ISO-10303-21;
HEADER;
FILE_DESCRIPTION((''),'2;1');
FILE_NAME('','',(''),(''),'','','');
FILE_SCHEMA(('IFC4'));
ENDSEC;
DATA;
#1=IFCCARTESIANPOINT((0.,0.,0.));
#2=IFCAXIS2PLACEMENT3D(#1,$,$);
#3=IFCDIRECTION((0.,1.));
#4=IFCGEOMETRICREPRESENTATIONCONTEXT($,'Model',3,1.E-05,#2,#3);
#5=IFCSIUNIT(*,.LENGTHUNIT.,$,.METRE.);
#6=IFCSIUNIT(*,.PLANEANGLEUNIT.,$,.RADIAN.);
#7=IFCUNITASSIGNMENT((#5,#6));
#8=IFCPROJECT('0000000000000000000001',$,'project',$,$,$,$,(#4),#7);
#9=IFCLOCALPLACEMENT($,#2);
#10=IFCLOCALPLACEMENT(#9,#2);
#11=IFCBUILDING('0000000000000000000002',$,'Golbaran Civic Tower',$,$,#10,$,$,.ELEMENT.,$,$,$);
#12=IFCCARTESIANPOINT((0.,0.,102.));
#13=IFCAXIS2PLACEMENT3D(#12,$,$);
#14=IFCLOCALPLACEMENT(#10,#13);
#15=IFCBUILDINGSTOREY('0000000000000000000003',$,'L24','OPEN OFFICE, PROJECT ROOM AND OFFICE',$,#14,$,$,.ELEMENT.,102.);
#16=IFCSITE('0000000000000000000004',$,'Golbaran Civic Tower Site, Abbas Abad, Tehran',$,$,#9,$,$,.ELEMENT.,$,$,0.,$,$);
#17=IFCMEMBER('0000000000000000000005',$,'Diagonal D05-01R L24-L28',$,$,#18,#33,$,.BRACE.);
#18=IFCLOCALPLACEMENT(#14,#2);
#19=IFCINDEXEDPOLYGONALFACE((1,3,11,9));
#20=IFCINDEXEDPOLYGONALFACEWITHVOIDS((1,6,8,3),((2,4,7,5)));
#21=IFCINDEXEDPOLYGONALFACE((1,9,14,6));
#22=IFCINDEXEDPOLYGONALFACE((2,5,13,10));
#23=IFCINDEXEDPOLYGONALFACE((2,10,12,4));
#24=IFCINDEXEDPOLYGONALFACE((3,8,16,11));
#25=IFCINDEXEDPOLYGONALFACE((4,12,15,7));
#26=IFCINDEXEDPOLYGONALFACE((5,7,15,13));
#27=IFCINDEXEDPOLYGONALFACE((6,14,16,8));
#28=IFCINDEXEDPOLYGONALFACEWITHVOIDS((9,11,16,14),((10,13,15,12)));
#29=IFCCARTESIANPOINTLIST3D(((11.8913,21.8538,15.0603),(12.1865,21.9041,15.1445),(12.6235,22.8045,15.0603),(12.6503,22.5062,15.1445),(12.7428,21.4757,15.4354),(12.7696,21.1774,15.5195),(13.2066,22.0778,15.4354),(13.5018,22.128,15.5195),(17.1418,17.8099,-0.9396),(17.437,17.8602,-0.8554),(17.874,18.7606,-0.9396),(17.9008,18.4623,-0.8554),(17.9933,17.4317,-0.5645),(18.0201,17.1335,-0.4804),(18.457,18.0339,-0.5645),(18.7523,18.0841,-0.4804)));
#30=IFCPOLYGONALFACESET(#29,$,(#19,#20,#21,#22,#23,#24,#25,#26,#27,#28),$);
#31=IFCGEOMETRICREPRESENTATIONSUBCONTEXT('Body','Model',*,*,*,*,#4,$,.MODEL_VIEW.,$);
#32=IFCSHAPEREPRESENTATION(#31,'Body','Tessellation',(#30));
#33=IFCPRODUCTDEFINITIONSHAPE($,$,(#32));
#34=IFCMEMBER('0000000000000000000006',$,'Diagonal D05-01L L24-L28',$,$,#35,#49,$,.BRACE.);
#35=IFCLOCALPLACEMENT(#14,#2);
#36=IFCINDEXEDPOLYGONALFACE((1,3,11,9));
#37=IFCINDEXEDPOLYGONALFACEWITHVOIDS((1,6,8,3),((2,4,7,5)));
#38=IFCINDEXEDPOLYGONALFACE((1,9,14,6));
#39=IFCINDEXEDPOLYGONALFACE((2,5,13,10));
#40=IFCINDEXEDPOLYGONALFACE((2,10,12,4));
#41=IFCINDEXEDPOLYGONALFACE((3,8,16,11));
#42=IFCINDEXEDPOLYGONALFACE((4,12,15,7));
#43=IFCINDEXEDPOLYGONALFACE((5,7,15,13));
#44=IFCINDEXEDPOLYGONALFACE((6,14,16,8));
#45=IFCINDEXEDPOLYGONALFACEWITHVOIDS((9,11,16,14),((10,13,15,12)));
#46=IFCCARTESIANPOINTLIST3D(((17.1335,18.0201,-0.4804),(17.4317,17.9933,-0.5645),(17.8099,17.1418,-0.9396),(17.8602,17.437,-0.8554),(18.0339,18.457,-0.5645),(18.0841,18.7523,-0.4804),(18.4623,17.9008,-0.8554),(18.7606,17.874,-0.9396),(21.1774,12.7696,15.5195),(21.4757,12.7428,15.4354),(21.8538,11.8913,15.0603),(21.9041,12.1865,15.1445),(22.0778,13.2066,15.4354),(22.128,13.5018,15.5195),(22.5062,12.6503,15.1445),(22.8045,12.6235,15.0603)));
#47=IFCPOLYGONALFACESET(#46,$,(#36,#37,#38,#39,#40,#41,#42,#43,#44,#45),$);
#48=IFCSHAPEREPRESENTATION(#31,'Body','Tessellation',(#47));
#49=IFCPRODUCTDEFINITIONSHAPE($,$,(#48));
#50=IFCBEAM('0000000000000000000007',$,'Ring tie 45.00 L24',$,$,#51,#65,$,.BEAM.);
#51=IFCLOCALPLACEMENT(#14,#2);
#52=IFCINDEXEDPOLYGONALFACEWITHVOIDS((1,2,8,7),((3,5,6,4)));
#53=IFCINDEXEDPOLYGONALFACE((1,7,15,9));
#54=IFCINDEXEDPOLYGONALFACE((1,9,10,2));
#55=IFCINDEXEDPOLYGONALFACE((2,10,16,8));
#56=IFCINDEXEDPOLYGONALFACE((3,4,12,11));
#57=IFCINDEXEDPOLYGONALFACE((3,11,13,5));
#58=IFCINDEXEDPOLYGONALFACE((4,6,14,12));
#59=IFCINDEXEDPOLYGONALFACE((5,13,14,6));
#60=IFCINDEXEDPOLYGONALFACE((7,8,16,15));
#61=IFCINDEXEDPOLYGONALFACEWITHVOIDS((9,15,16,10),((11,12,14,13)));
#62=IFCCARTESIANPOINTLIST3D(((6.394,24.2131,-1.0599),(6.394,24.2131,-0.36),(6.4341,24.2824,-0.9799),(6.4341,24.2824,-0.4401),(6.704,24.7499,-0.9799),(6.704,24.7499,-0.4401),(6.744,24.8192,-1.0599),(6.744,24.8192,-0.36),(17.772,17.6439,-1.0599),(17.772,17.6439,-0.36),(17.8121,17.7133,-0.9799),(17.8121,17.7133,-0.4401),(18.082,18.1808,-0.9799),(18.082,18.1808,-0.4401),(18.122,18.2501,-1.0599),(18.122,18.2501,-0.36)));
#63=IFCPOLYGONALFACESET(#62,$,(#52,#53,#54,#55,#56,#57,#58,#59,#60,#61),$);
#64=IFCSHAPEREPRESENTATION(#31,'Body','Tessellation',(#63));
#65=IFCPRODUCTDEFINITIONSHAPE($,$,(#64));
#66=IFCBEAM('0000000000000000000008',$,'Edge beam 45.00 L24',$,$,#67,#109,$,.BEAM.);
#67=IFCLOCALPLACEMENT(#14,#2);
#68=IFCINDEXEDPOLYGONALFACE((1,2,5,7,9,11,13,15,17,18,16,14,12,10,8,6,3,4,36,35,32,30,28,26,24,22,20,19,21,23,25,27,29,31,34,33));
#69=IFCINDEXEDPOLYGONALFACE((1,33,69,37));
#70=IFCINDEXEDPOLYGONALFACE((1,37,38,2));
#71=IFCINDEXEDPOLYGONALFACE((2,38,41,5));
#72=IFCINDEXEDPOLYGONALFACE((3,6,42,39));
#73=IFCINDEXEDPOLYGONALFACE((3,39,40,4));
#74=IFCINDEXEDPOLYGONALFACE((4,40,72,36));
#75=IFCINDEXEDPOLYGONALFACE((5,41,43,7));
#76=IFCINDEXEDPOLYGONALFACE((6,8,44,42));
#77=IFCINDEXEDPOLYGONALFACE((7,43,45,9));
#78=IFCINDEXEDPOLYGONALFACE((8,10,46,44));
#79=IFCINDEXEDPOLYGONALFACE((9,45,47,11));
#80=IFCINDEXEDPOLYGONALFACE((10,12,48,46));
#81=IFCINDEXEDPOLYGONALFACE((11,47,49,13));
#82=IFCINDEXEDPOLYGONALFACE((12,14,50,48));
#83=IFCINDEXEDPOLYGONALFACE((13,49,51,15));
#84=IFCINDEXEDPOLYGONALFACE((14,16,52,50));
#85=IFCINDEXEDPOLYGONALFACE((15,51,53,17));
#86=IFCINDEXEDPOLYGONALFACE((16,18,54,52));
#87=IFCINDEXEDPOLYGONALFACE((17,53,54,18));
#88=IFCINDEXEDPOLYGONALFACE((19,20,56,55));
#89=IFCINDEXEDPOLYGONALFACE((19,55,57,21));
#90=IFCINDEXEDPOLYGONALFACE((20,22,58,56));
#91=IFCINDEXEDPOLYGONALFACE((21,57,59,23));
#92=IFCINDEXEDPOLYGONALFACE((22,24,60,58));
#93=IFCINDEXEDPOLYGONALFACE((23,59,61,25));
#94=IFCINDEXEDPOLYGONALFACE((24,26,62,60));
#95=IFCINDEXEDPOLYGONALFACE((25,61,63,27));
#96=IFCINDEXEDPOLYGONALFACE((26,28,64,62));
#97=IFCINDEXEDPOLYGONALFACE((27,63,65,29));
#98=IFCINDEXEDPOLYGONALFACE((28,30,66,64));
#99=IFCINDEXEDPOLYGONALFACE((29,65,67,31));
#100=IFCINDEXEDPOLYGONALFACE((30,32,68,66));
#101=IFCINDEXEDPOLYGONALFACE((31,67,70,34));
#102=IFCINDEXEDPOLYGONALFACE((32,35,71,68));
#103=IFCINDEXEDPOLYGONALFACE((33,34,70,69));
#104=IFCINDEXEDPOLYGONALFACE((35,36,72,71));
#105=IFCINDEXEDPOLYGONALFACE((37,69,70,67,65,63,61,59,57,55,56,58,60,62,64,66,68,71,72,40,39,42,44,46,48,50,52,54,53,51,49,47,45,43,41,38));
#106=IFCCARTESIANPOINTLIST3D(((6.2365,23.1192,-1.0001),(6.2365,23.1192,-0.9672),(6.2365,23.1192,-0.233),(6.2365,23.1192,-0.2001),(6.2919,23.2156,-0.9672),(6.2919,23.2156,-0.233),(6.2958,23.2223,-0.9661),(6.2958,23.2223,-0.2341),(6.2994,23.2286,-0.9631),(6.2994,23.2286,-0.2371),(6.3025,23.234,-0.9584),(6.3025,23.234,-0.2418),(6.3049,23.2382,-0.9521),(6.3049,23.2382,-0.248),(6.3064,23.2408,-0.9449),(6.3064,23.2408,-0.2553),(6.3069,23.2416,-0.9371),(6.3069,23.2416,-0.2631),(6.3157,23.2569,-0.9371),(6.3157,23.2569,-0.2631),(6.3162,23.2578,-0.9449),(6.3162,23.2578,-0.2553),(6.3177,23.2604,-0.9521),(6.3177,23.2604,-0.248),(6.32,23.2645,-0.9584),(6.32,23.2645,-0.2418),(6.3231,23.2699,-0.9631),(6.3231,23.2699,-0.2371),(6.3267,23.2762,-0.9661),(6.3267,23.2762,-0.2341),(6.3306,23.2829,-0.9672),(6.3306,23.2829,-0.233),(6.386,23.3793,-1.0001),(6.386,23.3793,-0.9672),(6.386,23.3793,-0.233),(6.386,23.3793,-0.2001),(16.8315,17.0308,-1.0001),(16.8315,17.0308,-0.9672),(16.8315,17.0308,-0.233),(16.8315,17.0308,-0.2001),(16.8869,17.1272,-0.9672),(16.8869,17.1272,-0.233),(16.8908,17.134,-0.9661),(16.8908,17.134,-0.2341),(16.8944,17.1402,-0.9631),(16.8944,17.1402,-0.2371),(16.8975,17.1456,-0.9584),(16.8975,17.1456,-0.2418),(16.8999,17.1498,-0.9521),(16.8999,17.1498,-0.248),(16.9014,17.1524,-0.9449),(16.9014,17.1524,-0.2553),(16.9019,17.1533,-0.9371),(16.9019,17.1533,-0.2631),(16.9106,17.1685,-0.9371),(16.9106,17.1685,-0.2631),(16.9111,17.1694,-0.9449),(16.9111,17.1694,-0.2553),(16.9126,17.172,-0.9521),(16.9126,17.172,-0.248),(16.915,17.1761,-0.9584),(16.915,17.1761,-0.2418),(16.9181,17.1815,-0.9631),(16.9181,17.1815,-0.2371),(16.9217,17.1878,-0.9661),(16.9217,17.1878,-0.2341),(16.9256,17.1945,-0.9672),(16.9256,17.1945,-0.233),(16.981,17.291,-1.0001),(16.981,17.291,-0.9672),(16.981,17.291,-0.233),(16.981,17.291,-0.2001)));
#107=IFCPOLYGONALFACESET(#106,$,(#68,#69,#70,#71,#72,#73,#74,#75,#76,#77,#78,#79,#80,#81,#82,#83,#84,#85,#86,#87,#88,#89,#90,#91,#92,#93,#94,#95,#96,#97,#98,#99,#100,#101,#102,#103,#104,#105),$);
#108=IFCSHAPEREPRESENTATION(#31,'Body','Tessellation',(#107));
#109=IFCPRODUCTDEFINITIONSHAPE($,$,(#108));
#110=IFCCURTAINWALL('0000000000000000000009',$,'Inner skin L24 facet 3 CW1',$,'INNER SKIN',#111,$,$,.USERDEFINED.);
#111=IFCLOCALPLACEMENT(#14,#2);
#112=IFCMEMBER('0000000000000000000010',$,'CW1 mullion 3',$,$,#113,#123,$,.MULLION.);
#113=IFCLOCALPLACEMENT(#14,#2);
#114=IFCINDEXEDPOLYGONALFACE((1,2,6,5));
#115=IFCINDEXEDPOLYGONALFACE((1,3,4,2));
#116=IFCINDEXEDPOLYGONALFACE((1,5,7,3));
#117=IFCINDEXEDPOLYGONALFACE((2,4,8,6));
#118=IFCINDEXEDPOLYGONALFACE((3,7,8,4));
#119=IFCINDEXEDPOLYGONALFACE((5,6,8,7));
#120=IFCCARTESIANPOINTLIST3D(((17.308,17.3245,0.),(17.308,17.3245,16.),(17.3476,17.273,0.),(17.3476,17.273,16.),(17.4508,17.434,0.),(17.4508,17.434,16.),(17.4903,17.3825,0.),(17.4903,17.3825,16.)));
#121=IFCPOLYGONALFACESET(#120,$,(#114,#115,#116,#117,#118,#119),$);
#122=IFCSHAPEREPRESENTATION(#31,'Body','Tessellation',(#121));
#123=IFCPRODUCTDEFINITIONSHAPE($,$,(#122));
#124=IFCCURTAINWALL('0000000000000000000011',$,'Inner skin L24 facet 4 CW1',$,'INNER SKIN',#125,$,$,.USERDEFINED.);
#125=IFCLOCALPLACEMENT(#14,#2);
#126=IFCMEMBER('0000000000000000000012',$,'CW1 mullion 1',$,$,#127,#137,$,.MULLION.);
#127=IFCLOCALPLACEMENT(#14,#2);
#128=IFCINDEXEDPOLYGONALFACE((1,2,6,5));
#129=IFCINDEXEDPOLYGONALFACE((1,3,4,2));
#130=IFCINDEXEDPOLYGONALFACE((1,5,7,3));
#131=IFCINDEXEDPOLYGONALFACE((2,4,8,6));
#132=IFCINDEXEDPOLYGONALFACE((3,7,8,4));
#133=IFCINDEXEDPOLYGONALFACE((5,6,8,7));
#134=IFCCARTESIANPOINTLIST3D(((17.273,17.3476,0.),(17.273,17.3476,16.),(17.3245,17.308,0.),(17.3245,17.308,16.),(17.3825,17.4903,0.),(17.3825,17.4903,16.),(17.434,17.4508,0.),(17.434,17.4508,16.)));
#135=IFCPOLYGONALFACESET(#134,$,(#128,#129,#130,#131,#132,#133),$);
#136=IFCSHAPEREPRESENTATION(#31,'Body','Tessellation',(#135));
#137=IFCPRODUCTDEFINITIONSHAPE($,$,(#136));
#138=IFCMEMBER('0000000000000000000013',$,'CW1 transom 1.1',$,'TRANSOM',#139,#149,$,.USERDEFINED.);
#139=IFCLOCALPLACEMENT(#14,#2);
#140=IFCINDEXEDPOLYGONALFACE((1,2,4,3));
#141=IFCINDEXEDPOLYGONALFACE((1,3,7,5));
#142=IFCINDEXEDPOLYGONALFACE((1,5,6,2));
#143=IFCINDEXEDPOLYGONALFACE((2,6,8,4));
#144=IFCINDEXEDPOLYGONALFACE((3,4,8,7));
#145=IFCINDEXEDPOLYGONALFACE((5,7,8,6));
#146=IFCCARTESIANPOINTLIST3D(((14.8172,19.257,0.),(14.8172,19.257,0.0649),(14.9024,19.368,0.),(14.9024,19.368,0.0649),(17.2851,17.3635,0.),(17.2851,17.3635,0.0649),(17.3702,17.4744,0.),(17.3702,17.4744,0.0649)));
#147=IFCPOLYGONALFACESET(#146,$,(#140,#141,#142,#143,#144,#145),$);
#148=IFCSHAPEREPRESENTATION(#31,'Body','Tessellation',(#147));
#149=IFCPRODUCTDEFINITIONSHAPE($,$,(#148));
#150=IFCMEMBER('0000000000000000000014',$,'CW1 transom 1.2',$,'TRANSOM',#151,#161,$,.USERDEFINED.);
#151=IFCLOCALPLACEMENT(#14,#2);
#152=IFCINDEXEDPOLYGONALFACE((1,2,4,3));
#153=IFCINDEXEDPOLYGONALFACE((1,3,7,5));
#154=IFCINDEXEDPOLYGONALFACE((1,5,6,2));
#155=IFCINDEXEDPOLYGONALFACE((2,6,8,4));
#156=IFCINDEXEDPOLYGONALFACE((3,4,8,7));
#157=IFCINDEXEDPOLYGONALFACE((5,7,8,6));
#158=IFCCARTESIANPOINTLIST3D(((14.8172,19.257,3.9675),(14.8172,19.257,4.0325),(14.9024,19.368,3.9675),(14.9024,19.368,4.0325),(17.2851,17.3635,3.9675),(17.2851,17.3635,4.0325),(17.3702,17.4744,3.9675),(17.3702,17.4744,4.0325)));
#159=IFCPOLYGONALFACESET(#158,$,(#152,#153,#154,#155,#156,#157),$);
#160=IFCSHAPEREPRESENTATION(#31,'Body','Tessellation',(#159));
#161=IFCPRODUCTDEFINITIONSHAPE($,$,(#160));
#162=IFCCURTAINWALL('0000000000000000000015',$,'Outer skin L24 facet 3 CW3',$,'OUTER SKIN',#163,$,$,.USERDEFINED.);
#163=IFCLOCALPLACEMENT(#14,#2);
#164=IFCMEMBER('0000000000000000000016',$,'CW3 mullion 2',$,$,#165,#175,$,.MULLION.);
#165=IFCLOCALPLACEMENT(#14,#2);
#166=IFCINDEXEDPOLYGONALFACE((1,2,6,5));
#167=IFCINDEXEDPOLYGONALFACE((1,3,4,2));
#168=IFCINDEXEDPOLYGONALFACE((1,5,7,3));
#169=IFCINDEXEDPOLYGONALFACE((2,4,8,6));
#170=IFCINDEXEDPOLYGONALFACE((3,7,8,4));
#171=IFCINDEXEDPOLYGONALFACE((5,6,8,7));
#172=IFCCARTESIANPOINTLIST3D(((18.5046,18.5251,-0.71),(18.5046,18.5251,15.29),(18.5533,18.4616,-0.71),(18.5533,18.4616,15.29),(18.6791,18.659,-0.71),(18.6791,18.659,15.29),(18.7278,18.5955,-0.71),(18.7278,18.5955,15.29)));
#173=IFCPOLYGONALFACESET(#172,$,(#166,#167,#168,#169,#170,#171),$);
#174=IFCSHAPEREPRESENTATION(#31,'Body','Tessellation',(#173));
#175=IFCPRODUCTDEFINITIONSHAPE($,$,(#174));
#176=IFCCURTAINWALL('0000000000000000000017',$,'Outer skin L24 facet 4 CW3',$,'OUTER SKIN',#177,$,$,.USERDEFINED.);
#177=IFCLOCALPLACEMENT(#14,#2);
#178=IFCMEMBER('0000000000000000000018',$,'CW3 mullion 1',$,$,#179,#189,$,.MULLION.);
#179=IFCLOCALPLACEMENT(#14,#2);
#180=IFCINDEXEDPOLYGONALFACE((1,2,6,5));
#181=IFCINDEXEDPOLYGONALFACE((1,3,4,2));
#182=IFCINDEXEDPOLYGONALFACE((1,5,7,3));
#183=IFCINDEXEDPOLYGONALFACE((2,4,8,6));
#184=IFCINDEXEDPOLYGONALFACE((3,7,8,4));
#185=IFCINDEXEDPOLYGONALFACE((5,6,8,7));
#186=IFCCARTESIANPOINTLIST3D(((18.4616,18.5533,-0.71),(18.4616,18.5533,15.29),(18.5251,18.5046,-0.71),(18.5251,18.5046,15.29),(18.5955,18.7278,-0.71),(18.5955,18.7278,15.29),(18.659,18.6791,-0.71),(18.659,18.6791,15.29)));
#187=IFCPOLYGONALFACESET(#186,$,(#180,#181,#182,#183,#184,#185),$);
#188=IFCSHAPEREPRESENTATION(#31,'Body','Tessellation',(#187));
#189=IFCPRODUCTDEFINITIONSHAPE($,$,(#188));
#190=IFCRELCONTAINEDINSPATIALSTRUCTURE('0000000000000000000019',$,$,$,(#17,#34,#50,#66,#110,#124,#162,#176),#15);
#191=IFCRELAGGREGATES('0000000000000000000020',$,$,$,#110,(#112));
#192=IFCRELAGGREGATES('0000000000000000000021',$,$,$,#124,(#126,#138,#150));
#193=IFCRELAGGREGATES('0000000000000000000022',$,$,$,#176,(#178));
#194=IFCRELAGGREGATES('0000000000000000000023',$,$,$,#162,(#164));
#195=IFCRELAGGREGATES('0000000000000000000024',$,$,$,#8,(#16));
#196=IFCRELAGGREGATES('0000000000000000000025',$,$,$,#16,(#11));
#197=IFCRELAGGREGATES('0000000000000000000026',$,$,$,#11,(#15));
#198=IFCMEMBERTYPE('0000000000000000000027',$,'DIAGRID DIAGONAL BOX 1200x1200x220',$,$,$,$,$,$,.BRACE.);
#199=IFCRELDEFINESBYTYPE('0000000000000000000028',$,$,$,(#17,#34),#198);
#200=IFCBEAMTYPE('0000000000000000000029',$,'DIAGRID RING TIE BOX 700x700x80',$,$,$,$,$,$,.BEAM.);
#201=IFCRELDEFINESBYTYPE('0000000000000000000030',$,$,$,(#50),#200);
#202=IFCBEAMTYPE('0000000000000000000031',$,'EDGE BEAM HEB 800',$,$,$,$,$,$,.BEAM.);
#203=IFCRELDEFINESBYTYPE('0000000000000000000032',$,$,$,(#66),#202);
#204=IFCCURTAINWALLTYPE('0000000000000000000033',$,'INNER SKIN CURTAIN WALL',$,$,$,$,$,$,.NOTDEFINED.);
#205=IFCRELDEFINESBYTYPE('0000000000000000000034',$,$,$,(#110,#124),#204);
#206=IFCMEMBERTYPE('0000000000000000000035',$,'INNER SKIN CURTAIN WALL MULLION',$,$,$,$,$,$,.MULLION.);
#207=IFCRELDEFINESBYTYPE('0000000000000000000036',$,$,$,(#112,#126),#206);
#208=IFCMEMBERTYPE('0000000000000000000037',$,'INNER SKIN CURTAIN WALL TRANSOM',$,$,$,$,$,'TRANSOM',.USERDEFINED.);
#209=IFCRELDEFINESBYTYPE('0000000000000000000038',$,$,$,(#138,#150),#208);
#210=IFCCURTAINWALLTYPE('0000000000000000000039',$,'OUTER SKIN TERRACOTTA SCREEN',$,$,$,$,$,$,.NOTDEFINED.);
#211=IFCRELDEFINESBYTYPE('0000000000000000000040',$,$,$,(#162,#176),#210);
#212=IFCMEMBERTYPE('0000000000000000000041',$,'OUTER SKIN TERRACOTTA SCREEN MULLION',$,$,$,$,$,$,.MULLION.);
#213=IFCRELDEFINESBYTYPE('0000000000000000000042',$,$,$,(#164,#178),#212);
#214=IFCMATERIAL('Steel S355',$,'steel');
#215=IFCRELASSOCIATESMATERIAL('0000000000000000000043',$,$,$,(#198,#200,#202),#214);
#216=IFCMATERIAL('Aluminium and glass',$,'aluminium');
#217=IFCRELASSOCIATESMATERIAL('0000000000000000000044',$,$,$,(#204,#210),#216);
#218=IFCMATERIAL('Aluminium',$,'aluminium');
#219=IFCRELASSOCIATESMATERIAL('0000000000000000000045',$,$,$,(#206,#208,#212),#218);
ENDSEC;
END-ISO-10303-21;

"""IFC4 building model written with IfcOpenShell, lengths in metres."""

from ifc_helpers import new_model, si_unit, direction, frame, origin, origin_2d, place, context, subcontext, project, spatial, rectangle, hollow_rectangle, i_section, extrude, material, material_profile, profile_set, type_object, element, aggregate, save


model = new_model("IFC4")

# Units and contexts
model_context = context("Model", 3, precision=1e-05, world=origin(), true_north=direction((0.0, 1.0)))
body_context = subcontext(model_context, "Body", "Model", "MODEL_VIEW")
ifc_project = project(units=[si_unit("LENGTHUNIT", "METRE"), si_unit("PLANEANGLEUNIT", "RADIAN")], contexts=[model_context])

# Site, building, storey
site_placement = place(None, origin())
site = spatial("IfcSite", under=ifc_project, at=site_placement, Name="Golbaran Civic Tower Site, Abbas Abad, Tehran", CompositionType="ELEMENT", RefElevation=0.0)
building_placement = place(site_placement, origin())
building = spatial("IfcBuilding", under=site, at=building_placement, Name="Golbaran Civic Tower", CompositionType="ELEMENT")
storey_placement = place(building_placement, frame((0.0, 0.0, 102.0)))
storey = spatial("IfcBuildingStorey", under=building, at=storey_placement, Name="L24", Description="OPEN OFFICE, PROJECT ROOM AND OFFICE", CompositionType="ELEMENT", Elevation=102.0)

# Members
ifc_material_1 = material(Name="Steel S355", Category="steel")
ifc_material_profile_1 = material_profile(ifc_material_1, hollow_rectangle(XDim=1.2, YDim=1.2, WallThickness=0.22, at=origin_2d()), Name="BOX 1200x1200x220")
ifc_profile_set_1 = profile_set([ifc_material_profile_1], Name="Steel S355")
member_type_1 = type_object("IfcMemberType", Name="DIAGRID DIAGONAL BOX 1200x1200x220", PredefinedType="BRACE", material=ifc_profile_set_1)
for number, where, z_axis, x_axis, name in (
    (1, (17.947, 17.947, -0.71), (-0.303177, 0.233508, 0.923882), (-0.610195, -0.792251, 0.0), "Diagonal D05-01R L24-L28"),
    (2, (17.947, 17.947, -0.71), (0.233508, -0.303177, 0.923882), (0.792251, 0.610195, 0.0), "Diagonal D05-01L L24-L28"),
):
    element("IfcMember", number, at=place(storey_placement, frame(where, z_axis=z_axis, x_axis=x_axis)), inside=storey, type_object=member_type_1, Name=name, PredefinedType="BRACE", context=body_context, shape_type="SweptSolid", body=[
        extrude(hollow_rectangle(XDim=1.2, YDim=1.2, WallThickness=0.22, at=origin_2d()), origin(), (0.0, 0.0, 1.0), 17.3181),
    ])

# Beams
ifc_material_profile_2 = material_profile(ifc_material_1, hollow_rectangle(XDim=0.7, YDim=0.7, WallThickness=0.0801, at=origin_2d()), Name="BOX 700x700x80")
ifc_profile_set_2 = profile_set([ifc_material_profile_2], Name="Steel S355")
beam_type_1 = type_object("IfcBeamType", Name="DIAGRID RING TIE BOX 700x700x80", PredefinedType="BEAM", material=ifc_profile_set_2)
beam_1_placement = place(storey_placement, frame((17.947, 17.947, -0.71), z_axis=(-0.866024, 0.500002, 0.0), x_axis=(-0.500002, -0.866024, 0.0)))
element("IfcBeam", 3, at=beam_1_placement, inside=storey, type_object=beam_type_1, Name="Ring tie 45.00 L24", PredefinedType="BEAM", context=body_context, shape_type="SweptSolid", body=[
    extrude(hollow_rectangle(XDim=0.7, YDim=0.7, WallThickness=0.0801, at=origin_2d()), origin(), (0.0, 0.0, 1.0), 13.1382),
])
ifc_material_profile_3 = material_profile(ifc_material_1, i_section(OverallWidth=0.3, OverallDepth=0.8, WebThickness=0.0176, FlangeThickness=0.033, FilletRadius=0.03, at=origin_2d()), Name="HEB 800")
ifc_profile_set_3 = profile_set([ifc_material_profile_3], Name="Steel S355")
beam_type_2 = type_object("IfcBeamType", Name="EDGE BEAM HEB 800", PredefinedType="BEAM", material=ifc_profile_set_3)
beam_2_placement = place(storey_placement, frame((16.9062, 17.1609, -0.6001), z_axis=(-0.867038, 0.498242, 0.0), x_axis=(-0.498242, -0.867038, 0.0)))
element("IfcBeam", 4, at=beam_2_placement, inside=storey, type_object=beam_type_2, Name="Edge beam 45.00 L24", PredefinedType="BEAM", context=body_context, shape_type="SweptSolid", body=[
    extrude(i_section(OverallWidth=0.3, OverallDepth=0.8, WebThickness=0.0176, FlangeThickness=0.033, FilletRadius=0.03, at=origin_2d()), origin(), (0.0, 0.0, 1.0), 12.2197),
])

# Curtain wall, member
ifc_material_2 = material(Name="Aluminium and glass", Category="aluminium")
curtain_wall_type_1 = type_object("IfcCurtainWallType", Name="INNER SKIN CURTAIN WALL", PredefinedType="NOTDEFINED", material=ifc_material_2)
curtain_wall_1_placement = place(storey_placement, origin())
curtain_wall_1 = element("IfcCurtainWall", 5, at=curtain_wall_1_placement, inside=storey, type_object=curtain_wall_type_1, Name="Inner skin L24 facet 3 CW1", ObjectType="INNER SKIN", PredefinedType="USERDEFINED")
ifc_material_3 = material(Name="Aluminium", Category="aluminium")
ifc_material_profile_4 = material_profile(ifc_material_3, rectangle(XDim=0.1799, YDim=0.0649, at=origin_2d()), Name="INNER SKIN CURTAIN WALL MULLION")
ifc_profile_set_4 = profile_set([ifc_material_profile_4], Name="Aluminium")
member_type_2 = type_object("IfcMemberType", Name="INNER SKIN CURTAIN WALL MULLION", PredefinedType="MULLION", material=ifc_profile_set_4)
member_1_placement = place(storey_placement, frame((17.3992, 17.3535, 0.0), z_axis=(0.0, 0.0, 1.0), x_axis=(-0.793353, -0.608761, 0.0)))
member_1 = element("IfcMember", 6, at=member_1_placement, type_object=member_type_2, Name="CW1 mullion 3", PredefinedType="MULLION", context=body_context, shape_type="SweptSolid", body=[
    extrude(rectangle(XDim=0.1799, YDim=0.0649, at=origin_2d()), origin(), (0.0, 0.0, 1.0), 16.0),
])

# Curtain wall, members
curtain_wall_2_placement = place(storey_placement, origin())
curtain_wall_2 = element("IfcCurtainWall", 7, at=curtain_wall_2_placement, inside=storey, type_object=curtain_wall_type_1, Name="Inner skin L24 facet 4 CW1", ObjectType="INNER SKIN", PredefinedType="USERDEFINED")
member_2_placement = place(storey_placement, frame((17.3535, 17.3992, 0.0), z_axis=(0.0, 0.0, 1.0), x_axis=(-0.608761, -0.793353, 0.0)))
member_2 = element("IfcMember", 8, at=member_2_placement, type_object=member_type_2, Name="CW1 mullion 1", PredefinedType="MULLION", context=body_context, shape_type="SweptSolid", body=[
    extrude(rectangle(XDim=0.1799, YDim=0.0649, at=origin_2d()), origin(), (0.0, 0.0, 1.0), 16.0),
])
ifc_material_profile_5 = material_profile(ifc_material_3, rectangle(XDim=0.1399, YDim=0.0649, at=origin_2d()), Name="INNER SKIN CURTAIN WALL TRANSOM")
ifc_profile_set_5 = profile_set([ifc_material_profile_5], Name="Aluminium")
member_type_3 = type_object("IfcMemberType", Name="INNER SKIN CURTAIN WALL TRANSOM", ElementType="TRANSOM", PredefinedType="USERDEFINED", material=ifc_profile_set_5)
member_3_placement = place(storey_placement, frame((17.3276, 17.4189, 0.0325), z_axis=(-0.793359, 0.608754, 0.0), x_axis=(-0.608754, -0.793359, 0.0)))
member_3 = element("IfcMember", 9, at=member_3_placement, type_object=member_type_3, Name="CW1 transom 1.1", ObjectType="TRANSOM", PredefinedType="USERDEFINED", context=body_context, shape_type="SweptSolid", body=[
    extrude(rectangle(XDim=0.1399, YDim=0.0649, at=origin_2d()), origin(), (0.0, 0.0, 1.0), 3.1106),
])
member_4_placement = place(storey_placement, frame((17.3276, 17.4189, 4.0), z_axis=(-0.793359, 0.608754, 0.0), x_axis=(-0.608754, -0.793359, 0.0)))
member_4 = element("IfcMember", 10, at=member_4_placement, type_object=member_type_3, Name="CW1 transom 1.2", ObjectType="TRANSOM", PredefinedType="USERDEFINED", context=body_context, shape_type="SweptSolid", body=[
    extrude(rectangle(XDim=0.1399, YDim=0.0649, at=origin_2d()), origin(), (0.0, 0.0, 1.0), 3.1106),
])

# Curtain wall, member
curtain_wall_type_2 = type_object("IfcCurtainWallType", Name="OUTER SKIN TERRACOTTA SCREEN", PredefinedType="NOTDEFINED", material=ifc_material_2)
curtain_wall_3_placement = place(storey_placement, origin())
curtain_wall_3 = element("IfcCurtainWall", 11, at=curtain_wall_3_placement, inside=storey, type_object=curtain_wall_type_2, Name="Outer skin L24 facet 3 CW3", ObjectType="OUTER SKIN", PredefinedType="USERDEFINED")
ifc_material_profile_6 = material_profile(ifc_material_3, rectangle(XDim=0.22, YDim=0.0801, at=origin_2d()), Name="OUTER SKIN TERRACOTTA SCREEN MULLION")
ifc_profile_set_6 = profile_set([ifc_material_profile_6], Name="Aluminium")
member_type_4 = type_object("IfcMemberType", Name="OUTER SKIN TERRACOTTA SCREEN MULLION", PredefinedType="MULLION", material=ifc_profile_set_6)
member_5_placement = place(storey_placement, frame((18.6162, 18.5603, -0.71), z_axis=(0.0, 0.0, 1.0), x_axis=(-0.793353, -0.608761, 0.0)))
member_5 = element("IfcMember", 12, at=member_5_placement, type_object=member_type_4, Name="CW3 mullion 2", PredefinedType="MULLION", context=body_context, shape_type="SweptSolid", body=[
    extrude(rectangle(XDim=0.22, YDim=0.0801, at=origin_2d()), origin(), (0.0, 0.0, 1.0), 16.0),
])

# Curtain wall, member
curtain_wall_4_placement = place(storey_placement, origin())
curtain_wall_4 = element("IfcCurtainWall", 13, at=curtain_wall_4_placement, inside=storey, type_object=curtain_wall_type_2, Name="Outer skin L24 facet 4 CW3", ObjectType="OUTER SKIN", PredefinedType="USERDEFINED")
member_6_placement = place(storey_placement, frame((18.5603, 18.6162, -0.71), z_axis=(0.0, 0.0, 1.0), x_axis=(-0.608761, -0.793353, 0.0)))
member_6 = element("IfcMember", 14, at=member_6_placement, type_object=member_type_4, Name="CW3 mullion 1", PredefinedType="MULLION", context=body_context, shape_type="SweptSolid", body=[
    extrude(rectangle(XDim=0.22, YDim=0.0801, at=origin_2d()), origin(), (0.0, 0.0, 1.0), 16.0),
])

aggregate(curtain_wall_1, [member_1])
aggregate(curtain_wall_2, [member_2, member_3, member_4])
aggregate(curtain_wall_4, [member_6])
aggregate(curtain_wall_3, [member_5])

save(model, "model.ifc")
